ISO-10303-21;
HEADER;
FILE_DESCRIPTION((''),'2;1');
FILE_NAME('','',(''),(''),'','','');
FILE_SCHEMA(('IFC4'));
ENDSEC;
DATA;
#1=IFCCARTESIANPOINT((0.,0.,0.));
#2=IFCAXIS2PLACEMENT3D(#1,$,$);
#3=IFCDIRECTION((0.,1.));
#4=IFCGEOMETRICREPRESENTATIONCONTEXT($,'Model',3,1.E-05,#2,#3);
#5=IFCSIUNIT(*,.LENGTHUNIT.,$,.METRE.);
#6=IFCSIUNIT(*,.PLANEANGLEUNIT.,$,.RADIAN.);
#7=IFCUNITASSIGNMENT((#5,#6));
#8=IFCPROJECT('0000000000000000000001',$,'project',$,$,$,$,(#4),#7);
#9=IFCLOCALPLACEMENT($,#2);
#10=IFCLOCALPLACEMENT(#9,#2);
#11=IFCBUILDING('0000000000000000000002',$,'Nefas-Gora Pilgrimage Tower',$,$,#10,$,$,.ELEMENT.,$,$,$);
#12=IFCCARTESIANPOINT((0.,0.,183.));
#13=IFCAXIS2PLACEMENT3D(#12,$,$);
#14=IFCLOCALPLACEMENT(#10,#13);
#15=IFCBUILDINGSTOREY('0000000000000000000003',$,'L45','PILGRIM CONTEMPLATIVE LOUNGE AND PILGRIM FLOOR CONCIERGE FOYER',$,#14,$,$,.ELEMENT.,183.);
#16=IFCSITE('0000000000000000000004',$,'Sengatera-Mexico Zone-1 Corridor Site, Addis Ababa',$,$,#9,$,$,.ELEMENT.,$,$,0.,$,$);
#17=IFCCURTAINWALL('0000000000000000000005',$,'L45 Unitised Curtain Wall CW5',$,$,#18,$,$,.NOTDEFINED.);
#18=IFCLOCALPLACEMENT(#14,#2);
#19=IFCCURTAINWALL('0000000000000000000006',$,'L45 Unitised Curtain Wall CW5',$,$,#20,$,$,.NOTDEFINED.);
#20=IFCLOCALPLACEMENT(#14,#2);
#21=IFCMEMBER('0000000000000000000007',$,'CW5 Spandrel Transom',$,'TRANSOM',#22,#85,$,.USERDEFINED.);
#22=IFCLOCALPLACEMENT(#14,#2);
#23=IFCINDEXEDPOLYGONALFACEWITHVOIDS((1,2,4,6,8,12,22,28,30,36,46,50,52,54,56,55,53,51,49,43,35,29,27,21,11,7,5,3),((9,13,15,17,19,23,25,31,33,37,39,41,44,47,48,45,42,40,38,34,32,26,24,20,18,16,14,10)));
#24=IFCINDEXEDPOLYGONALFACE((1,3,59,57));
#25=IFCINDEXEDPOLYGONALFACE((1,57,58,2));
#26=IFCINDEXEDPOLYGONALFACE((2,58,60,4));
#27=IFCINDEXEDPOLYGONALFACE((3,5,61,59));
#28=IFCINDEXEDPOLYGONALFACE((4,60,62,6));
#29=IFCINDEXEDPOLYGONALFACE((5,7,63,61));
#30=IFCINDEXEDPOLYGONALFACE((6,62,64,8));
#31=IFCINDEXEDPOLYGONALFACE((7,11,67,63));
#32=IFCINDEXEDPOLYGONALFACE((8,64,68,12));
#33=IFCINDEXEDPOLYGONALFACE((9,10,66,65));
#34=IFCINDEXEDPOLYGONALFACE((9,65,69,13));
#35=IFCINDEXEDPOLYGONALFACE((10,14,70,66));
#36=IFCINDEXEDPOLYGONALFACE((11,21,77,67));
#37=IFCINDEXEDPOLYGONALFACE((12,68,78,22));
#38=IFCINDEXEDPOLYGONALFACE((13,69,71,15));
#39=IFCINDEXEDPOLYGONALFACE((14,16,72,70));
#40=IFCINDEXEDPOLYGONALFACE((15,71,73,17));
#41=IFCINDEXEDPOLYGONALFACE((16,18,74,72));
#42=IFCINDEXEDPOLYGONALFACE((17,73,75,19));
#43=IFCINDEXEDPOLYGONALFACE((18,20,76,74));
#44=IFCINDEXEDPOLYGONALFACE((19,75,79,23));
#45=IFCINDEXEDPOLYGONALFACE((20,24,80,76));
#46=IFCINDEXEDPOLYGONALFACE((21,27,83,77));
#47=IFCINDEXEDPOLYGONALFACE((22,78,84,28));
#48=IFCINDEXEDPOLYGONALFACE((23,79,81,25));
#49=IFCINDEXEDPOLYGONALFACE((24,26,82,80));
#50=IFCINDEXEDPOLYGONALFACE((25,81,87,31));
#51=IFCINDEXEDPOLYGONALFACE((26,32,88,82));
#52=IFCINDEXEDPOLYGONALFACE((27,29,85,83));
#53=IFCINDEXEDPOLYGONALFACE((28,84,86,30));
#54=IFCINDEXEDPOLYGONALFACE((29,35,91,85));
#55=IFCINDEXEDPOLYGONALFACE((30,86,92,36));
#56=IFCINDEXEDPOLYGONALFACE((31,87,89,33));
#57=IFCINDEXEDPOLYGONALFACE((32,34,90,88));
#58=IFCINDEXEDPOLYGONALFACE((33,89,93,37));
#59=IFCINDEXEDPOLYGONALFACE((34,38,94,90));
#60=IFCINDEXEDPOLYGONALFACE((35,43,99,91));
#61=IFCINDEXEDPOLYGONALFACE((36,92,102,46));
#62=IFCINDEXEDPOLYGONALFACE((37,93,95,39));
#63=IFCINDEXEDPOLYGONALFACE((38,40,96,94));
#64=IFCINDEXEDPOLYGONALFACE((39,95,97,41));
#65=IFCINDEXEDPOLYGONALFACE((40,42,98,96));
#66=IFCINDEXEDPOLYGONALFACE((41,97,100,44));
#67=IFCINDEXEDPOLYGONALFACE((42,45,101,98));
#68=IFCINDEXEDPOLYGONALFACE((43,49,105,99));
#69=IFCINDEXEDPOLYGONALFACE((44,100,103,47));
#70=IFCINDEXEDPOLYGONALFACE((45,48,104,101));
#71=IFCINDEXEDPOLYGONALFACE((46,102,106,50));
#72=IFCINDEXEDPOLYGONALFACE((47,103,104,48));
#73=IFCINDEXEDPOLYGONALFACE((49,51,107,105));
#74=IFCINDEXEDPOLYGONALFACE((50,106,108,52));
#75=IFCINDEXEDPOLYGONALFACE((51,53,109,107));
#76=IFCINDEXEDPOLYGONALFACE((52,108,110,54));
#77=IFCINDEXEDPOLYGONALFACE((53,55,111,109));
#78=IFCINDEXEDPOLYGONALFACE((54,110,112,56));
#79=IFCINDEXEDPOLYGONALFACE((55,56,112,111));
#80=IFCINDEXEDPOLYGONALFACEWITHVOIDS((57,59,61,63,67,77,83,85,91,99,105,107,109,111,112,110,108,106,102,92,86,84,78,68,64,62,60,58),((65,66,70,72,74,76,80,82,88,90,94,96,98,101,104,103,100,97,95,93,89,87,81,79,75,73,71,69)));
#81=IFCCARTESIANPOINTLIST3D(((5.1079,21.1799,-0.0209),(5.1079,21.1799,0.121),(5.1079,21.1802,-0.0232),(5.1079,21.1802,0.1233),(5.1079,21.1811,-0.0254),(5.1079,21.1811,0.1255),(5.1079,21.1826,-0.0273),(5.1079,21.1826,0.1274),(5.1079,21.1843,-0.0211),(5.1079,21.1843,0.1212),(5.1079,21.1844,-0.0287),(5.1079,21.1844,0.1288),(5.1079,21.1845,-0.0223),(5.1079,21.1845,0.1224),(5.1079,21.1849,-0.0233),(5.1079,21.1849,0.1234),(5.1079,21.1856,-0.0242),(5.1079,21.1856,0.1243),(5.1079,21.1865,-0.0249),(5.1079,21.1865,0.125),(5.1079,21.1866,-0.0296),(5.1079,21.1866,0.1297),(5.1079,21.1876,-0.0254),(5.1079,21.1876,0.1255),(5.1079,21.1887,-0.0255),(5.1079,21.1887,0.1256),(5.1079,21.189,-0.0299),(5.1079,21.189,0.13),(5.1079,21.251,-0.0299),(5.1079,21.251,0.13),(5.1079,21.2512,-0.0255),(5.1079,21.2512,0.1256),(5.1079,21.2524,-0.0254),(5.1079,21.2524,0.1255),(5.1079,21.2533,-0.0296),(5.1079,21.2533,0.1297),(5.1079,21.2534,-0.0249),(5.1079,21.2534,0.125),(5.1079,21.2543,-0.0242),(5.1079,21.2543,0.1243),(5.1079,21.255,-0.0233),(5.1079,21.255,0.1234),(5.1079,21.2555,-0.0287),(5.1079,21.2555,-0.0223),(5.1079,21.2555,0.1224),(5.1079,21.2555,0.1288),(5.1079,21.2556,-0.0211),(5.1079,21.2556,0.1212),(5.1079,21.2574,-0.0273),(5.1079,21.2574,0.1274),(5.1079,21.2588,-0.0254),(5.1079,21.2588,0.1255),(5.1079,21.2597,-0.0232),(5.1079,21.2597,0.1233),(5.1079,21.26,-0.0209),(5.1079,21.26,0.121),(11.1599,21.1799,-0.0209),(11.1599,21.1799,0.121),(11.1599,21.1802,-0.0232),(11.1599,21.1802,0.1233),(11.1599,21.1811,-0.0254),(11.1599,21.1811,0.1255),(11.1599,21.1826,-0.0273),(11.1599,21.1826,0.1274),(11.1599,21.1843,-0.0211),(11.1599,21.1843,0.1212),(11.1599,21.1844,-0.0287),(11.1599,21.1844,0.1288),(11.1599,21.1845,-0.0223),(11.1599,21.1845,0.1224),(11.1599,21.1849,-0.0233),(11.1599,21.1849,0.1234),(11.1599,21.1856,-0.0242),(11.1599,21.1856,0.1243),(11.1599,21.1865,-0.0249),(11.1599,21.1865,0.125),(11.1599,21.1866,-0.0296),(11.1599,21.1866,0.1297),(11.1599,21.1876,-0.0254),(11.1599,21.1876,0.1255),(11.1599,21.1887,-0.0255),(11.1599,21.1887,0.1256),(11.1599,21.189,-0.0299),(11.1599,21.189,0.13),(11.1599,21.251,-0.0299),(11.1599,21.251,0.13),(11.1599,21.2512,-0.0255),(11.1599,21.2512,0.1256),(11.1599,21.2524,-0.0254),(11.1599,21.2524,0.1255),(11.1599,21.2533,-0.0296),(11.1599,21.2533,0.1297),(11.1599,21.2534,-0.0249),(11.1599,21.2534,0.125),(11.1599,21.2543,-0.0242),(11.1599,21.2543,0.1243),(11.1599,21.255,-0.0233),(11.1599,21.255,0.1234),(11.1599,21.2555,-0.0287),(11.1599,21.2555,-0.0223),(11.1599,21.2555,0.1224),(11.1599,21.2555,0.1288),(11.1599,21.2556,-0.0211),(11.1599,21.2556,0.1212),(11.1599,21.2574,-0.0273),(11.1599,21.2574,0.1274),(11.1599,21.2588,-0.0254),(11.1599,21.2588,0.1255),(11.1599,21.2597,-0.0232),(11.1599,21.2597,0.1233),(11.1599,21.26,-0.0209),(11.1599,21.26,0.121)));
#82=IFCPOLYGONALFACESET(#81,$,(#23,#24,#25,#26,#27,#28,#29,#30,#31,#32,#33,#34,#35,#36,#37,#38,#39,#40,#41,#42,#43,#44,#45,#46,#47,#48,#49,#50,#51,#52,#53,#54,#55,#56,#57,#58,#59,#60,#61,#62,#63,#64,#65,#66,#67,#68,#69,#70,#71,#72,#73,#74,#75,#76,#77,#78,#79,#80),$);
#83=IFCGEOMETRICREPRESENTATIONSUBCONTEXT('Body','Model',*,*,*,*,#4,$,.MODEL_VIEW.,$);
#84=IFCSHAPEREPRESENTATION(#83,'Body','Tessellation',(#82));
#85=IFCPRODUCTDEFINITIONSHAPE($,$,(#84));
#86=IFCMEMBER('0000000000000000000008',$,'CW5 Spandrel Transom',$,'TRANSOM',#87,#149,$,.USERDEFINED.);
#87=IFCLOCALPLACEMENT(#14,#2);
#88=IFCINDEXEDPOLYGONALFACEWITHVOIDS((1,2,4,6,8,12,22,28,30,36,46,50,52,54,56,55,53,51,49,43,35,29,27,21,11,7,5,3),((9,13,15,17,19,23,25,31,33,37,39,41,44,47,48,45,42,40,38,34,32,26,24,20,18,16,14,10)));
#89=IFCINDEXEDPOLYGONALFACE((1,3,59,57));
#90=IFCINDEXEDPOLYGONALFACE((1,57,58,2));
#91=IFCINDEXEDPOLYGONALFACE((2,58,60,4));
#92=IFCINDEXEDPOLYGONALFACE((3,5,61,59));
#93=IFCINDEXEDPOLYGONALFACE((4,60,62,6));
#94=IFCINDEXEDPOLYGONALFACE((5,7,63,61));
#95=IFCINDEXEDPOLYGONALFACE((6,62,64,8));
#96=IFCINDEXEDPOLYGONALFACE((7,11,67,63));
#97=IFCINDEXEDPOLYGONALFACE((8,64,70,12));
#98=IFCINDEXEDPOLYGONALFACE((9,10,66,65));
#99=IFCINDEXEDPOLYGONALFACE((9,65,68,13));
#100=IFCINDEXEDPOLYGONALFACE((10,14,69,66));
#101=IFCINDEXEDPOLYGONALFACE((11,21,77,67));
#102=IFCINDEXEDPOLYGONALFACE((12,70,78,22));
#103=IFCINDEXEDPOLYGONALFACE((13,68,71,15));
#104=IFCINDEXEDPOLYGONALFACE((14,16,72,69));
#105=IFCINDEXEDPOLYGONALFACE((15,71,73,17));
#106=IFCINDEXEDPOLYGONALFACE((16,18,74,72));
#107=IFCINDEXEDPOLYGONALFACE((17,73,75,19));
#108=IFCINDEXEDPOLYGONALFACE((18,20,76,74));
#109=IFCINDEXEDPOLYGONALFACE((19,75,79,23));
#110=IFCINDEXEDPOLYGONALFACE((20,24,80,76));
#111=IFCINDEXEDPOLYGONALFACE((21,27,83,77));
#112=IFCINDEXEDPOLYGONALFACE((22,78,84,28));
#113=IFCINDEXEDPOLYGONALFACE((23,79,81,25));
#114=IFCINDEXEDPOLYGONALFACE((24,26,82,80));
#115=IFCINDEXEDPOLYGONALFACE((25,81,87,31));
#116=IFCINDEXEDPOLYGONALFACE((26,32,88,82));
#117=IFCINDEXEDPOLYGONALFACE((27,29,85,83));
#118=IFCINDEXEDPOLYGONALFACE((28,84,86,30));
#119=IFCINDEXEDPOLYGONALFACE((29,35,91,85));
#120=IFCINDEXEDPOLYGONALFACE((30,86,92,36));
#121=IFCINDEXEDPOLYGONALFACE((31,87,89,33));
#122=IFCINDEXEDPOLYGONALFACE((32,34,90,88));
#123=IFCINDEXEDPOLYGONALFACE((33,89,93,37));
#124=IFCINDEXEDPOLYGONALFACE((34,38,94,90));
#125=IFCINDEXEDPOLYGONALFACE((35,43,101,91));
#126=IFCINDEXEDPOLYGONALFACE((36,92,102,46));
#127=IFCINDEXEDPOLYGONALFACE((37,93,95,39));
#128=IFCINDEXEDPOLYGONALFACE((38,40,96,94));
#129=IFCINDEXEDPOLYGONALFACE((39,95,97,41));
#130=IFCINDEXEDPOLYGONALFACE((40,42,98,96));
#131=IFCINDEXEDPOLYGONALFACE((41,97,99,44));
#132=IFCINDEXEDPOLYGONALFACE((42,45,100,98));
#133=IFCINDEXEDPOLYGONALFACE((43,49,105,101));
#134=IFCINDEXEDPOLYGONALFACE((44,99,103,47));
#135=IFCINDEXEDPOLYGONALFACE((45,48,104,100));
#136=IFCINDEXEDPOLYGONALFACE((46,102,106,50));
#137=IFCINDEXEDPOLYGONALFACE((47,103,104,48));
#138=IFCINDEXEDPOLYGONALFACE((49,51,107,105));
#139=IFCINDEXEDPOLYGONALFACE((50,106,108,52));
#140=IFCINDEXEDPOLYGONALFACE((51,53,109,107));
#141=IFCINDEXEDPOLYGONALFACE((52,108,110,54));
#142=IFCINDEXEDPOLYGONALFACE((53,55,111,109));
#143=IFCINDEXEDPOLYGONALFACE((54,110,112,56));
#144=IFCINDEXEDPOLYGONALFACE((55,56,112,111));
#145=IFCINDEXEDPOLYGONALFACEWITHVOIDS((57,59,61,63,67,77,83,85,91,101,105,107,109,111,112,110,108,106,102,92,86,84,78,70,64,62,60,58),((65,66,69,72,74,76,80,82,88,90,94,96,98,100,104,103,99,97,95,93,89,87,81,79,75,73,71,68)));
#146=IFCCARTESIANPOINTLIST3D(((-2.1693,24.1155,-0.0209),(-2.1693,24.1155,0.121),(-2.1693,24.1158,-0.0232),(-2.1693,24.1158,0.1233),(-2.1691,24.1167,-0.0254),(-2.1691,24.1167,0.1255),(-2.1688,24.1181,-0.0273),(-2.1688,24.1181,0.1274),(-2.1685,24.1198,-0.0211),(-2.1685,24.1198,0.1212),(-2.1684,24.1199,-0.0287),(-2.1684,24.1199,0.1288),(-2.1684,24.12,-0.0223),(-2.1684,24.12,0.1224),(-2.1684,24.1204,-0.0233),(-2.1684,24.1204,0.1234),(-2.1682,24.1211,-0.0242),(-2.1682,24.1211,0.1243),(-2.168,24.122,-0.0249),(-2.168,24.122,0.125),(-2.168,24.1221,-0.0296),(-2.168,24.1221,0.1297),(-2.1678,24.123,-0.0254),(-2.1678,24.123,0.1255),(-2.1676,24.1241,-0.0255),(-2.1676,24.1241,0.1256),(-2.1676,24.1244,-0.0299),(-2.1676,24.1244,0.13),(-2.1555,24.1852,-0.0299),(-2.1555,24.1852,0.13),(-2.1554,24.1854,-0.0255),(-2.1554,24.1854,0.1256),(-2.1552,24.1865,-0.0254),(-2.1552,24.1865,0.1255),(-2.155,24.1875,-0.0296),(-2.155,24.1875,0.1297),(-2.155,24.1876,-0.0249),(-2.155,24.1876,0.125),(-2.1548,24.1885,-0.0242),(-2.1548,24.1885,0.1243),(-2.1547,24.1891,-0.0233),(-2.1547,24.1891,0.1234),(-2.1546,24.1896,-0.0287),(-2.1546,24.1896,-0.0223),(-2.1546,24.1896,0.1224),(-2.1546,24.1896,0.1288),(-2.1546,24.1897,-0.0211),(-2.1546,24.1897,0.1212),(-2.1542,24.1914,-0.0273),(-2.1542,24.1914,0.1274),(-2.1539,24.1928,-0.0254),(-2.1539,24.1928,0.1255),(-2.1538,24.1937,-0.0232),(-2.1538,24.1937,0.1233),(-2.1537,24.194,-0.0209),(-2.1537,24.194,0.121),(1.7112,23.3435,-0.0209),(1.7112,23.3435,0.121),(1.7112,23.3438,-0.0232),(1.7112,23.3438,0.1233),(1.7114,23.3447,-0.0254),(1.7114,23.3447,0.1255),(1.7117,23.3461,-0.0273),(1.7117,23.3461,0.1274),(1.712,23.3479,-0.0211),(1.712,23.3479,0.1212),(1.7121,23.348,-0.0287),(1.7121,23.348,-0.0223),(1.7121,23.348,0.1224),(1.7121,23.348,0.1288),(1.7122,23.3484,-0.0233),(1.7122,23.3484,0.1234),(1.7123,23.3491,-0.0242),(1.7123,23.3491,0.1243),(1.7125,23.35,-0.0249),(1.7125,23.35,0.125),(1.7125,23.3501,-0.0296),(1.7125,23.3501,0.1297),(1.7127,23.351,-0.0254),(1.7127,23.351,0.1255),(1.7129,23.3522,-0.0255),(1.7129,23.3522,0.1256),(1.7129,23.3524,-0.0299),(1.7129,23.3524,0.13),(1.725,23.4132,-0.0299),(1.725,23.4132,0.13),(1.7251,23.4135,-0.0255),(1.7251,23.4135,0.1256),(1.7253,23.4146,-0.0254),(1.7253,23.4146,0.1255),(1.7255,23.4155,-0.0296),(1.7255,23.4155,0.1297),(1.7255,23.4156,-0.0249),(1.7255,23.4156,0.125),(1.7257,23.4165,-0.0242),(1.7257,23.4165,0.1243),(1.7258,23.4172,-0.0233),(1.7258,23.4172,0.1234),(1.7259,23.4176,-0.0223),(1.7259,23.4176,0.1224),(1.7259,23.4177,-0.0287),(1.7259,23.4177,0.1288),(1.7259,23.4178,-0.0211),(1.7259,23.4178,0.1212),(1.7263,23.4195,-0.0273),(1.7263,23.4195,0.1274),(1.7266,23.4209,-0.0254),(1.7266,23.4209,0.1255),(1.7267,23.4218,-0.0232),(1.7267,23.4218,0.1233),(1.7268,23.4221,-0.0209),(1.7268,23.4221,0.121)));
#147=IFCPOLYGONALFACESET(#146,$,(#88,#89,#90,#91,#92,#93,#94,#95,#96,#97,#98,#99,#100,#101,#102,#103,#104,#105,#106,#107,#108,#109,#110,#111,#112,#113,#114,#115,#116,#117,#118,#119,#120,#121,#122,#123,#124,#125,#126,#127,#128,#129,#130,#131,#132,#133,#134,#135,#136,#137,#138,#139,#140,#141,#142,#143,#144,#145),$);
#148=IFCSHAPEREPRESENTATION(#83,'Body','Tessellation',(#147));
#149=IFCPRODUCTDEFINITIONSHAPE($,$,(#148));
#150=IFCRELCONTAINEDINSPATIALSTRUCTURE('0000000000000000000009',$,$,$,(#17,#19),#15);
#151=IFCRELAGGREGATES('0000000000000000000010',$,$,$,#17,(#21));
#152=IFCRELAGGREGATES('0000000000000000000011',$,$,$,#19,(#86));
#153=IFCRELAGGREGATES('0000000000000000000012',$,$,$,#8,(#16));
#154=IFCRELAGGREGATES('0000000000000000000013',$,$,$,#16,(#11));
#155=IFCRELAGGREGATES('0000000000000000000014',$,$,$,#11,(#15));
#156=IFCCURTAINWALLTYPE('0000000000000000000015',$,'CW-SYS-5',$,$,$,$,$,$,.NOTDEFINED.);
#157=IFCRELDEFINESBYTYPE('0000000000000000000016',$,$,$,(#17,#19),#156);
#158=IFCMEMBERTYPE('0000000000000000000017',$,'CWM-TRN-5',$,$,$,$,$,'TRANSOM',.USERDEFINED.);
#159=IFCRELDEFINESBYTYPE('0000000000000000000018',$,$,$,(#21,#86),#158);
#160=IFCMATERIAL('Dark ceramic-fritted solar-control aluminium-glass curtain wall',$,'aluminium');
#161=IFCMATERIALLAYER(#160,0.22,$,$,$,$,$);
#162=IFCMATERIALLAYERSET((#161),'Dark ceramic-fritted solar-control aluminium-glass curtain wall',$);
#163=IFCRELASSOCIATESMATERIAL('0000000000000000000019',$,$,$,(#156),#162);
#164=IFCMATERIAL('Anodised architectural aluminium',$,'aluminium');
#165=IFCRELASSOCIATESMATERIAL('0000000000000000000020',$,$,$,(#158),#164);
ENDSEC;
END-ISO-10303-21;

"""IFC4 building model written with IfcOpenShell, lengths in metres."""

from ifc_helpers import new_model, si_unit, direction, frame, origin, origin_2d, place, context, subcontext, project, spatial, hollow_rectangle, extrude, source, transform, mapped, material, layer, layer_set, material_profile, profile_set, type_object, element, aggregate, save


model = new_model("IFC4")

# Units and contexts
model_context = context("Model", 3, precision=1e-05, world=origin(), true_north=direction((0.0, 1.0)))
body_context = subcontext(model_context, "Body", "Model", "MODEL_VIEW")
ifc_project = project(units=[si_unit("LENGTHUNIT", "METRE"), si_unit("PLANEANGLEUNIT", "RADIAN")], contexts=[model_context])

# Site, building, storey
site_placement = place(None, origin())
site = spatial("IfcSite", under=ifc_project, at=site_placement, Name="Sengatera-Mexico Zone-1 Corridor Site, Addis Ababa", CompositionType="ELEMENT", RefElevation=0.0)
building_placement = place(site_placement, origin())
building = spatial("IfcBuilding", under=site, at=building_placement, Name="Nefas-Gora Pilgrimage Tower", CompositionType="ELEMENT")
storey_placement = place(building_placement, frame((0.0, 0.0, 183.0)))
storey = spatial("IfcBuildingStorey", under=building, at=storey_placement, Name="L45", Description="PILGRIM CONTEMPLATIVE LOUNGE AND PILGRIM FLOOR CONCIERGE FOYER", CompositionType="ELEMENT", Elevation=183.0)

# Curtain wall
ifc_material_1 = material(Name="Dark ceramic-fritted solar-control aluminium-glass curtain wall", Category="aluminium")
ifc_layer_1 = layer(ifc_material_1, 0.22)
ifc_layer_set_1 = layer_set([ifc_layer_1], Name="Dark ceramic-fritted solar-control aluminium-glass curtain wall")
curtain_wall_type_1 = type_object("IfcCurtainWallType", Name="CW-SYS-5", PredefinedType="NOTDEFINED", material=ifc_layer_set_1)
curtain_wall_1_placement = place(storey_placement, origin())
curtain_wall_1 = element("IfcCurtainWall", 1, at=curtain_wall_1_placement, inside=storey, type_object=curtain_wall_type_1, Name="L45 Unitised Curtain Wall CW5", PredefinedType="NOTDEFINED")
ifc_material_2 = material(Name="Anodised architectural aluminium", Category="aluminium")

# Curtain wall
curtain_wall_2_placement = place(storey_placement, origin())
curtain_wall_2 = element("IfcCurtainWall", 2, at=curtain_wall_2_placement, inside=storey, type_object=curtain_wall_type_1, Name="L45 Unitised Curtain Wall CW5", PredefinedType="NOTDEFINED")

# Members
ifc_material_profile_1 = material_profile(ifc_material_2, hollow_rectangle(XDim=0.0801, YDim=0.1599, WallThickness=0.0044, InnerFilletRadius=0.0044, OuterFilletRadius=0.009, at=origin_2d()), Name="ALU TRANSOM 80x160")
ifc_profile_set_1 = profile_set([ifc_material_profile_1], Name="Anodised architectural aluminium")
member_type_1 = type_object("IfcMemberType", Name="CWM-TRN-5", ElementType="TRANSOM", PredefinedType="USERDEFINED", material=ifc_profile_set_1)
shared_shape_1 = source(origin(), body_context, "Body", "SweptSolid", [
    extrude(hollow_rectangle(XDim=0.0801, YDim=0.1599, WallThickness=0.0044, InnerFilletRadius=0.0044, OuterFilletRadius=0.009, at=origin_2d()), origin(), (0.0, 0.0, 1.0), 6.052),
])
member_1_placement = place(storey_placement, frame((11.1599, 21.22, 0.05), z_axis=(-1.0, 0.0, 0.0), x_axis=(0.0, -1.0, 0.0)))
member_1 = element("IfcMember", 3, at=member_1_placement, type_object=member_type_1, Name="CW5 Spandrel Transom", ObjectType="TRANSOM", PredefinedType="USERDEFINED", context=body_context, shape_type="MappedRepresentation", body=[
    mapped(shared_shape_1, transform((0.0, 0.0, 0.0), x_axis=(1.0, 0.0, 0.0), y_axis=(0.0, 1.0, 0.0), z_axis=(0.0, 0.0, 1.0), scale=1.0)),
])
shared_shape_2 = source(origin(), body_context, "Body", "SweptSolid", [
    extrude(hollow_rectangle(XDim=0.0801, YDim=0.1599, WallThickness=0.0044, InnerFilletRadius=0.0044, OuterFilletRadius=0.009, at=origin_2d()), origin(), (0.0, 0.0, 1.0), 3.9565),
])
member_2_placement = place(storey_placement, frame((1.719, 23.3828, 0.05), z_axis=(-0.980782, 0.195107, 0.0), x_axis=(-0.195107, -0.980782, 0.0)))
member_2 = element("IfcMember", 4, at=member_2_placement, type_object=member_type_1, Name="CW5 Spandrel Transom", ObjectType="TRANSOM", PredefinedType="USERDEFINED", context=body_context, shape_type="MappedRepresentation", body=[
    mapped(shared_shape_2, transform((0.0, 0.0, 0.0), x_axis=(1.0, 0.0, 0.0), y_axis=(0.0, 1.0, 0.0), z_axis=(0.0, 0.0, 1.0), scale=1.0)),
])

aggregate(curtain_wall_1, [member_1])
aggregate(curtain_wall_2, [member_2])

save(model, "model.ifc")
